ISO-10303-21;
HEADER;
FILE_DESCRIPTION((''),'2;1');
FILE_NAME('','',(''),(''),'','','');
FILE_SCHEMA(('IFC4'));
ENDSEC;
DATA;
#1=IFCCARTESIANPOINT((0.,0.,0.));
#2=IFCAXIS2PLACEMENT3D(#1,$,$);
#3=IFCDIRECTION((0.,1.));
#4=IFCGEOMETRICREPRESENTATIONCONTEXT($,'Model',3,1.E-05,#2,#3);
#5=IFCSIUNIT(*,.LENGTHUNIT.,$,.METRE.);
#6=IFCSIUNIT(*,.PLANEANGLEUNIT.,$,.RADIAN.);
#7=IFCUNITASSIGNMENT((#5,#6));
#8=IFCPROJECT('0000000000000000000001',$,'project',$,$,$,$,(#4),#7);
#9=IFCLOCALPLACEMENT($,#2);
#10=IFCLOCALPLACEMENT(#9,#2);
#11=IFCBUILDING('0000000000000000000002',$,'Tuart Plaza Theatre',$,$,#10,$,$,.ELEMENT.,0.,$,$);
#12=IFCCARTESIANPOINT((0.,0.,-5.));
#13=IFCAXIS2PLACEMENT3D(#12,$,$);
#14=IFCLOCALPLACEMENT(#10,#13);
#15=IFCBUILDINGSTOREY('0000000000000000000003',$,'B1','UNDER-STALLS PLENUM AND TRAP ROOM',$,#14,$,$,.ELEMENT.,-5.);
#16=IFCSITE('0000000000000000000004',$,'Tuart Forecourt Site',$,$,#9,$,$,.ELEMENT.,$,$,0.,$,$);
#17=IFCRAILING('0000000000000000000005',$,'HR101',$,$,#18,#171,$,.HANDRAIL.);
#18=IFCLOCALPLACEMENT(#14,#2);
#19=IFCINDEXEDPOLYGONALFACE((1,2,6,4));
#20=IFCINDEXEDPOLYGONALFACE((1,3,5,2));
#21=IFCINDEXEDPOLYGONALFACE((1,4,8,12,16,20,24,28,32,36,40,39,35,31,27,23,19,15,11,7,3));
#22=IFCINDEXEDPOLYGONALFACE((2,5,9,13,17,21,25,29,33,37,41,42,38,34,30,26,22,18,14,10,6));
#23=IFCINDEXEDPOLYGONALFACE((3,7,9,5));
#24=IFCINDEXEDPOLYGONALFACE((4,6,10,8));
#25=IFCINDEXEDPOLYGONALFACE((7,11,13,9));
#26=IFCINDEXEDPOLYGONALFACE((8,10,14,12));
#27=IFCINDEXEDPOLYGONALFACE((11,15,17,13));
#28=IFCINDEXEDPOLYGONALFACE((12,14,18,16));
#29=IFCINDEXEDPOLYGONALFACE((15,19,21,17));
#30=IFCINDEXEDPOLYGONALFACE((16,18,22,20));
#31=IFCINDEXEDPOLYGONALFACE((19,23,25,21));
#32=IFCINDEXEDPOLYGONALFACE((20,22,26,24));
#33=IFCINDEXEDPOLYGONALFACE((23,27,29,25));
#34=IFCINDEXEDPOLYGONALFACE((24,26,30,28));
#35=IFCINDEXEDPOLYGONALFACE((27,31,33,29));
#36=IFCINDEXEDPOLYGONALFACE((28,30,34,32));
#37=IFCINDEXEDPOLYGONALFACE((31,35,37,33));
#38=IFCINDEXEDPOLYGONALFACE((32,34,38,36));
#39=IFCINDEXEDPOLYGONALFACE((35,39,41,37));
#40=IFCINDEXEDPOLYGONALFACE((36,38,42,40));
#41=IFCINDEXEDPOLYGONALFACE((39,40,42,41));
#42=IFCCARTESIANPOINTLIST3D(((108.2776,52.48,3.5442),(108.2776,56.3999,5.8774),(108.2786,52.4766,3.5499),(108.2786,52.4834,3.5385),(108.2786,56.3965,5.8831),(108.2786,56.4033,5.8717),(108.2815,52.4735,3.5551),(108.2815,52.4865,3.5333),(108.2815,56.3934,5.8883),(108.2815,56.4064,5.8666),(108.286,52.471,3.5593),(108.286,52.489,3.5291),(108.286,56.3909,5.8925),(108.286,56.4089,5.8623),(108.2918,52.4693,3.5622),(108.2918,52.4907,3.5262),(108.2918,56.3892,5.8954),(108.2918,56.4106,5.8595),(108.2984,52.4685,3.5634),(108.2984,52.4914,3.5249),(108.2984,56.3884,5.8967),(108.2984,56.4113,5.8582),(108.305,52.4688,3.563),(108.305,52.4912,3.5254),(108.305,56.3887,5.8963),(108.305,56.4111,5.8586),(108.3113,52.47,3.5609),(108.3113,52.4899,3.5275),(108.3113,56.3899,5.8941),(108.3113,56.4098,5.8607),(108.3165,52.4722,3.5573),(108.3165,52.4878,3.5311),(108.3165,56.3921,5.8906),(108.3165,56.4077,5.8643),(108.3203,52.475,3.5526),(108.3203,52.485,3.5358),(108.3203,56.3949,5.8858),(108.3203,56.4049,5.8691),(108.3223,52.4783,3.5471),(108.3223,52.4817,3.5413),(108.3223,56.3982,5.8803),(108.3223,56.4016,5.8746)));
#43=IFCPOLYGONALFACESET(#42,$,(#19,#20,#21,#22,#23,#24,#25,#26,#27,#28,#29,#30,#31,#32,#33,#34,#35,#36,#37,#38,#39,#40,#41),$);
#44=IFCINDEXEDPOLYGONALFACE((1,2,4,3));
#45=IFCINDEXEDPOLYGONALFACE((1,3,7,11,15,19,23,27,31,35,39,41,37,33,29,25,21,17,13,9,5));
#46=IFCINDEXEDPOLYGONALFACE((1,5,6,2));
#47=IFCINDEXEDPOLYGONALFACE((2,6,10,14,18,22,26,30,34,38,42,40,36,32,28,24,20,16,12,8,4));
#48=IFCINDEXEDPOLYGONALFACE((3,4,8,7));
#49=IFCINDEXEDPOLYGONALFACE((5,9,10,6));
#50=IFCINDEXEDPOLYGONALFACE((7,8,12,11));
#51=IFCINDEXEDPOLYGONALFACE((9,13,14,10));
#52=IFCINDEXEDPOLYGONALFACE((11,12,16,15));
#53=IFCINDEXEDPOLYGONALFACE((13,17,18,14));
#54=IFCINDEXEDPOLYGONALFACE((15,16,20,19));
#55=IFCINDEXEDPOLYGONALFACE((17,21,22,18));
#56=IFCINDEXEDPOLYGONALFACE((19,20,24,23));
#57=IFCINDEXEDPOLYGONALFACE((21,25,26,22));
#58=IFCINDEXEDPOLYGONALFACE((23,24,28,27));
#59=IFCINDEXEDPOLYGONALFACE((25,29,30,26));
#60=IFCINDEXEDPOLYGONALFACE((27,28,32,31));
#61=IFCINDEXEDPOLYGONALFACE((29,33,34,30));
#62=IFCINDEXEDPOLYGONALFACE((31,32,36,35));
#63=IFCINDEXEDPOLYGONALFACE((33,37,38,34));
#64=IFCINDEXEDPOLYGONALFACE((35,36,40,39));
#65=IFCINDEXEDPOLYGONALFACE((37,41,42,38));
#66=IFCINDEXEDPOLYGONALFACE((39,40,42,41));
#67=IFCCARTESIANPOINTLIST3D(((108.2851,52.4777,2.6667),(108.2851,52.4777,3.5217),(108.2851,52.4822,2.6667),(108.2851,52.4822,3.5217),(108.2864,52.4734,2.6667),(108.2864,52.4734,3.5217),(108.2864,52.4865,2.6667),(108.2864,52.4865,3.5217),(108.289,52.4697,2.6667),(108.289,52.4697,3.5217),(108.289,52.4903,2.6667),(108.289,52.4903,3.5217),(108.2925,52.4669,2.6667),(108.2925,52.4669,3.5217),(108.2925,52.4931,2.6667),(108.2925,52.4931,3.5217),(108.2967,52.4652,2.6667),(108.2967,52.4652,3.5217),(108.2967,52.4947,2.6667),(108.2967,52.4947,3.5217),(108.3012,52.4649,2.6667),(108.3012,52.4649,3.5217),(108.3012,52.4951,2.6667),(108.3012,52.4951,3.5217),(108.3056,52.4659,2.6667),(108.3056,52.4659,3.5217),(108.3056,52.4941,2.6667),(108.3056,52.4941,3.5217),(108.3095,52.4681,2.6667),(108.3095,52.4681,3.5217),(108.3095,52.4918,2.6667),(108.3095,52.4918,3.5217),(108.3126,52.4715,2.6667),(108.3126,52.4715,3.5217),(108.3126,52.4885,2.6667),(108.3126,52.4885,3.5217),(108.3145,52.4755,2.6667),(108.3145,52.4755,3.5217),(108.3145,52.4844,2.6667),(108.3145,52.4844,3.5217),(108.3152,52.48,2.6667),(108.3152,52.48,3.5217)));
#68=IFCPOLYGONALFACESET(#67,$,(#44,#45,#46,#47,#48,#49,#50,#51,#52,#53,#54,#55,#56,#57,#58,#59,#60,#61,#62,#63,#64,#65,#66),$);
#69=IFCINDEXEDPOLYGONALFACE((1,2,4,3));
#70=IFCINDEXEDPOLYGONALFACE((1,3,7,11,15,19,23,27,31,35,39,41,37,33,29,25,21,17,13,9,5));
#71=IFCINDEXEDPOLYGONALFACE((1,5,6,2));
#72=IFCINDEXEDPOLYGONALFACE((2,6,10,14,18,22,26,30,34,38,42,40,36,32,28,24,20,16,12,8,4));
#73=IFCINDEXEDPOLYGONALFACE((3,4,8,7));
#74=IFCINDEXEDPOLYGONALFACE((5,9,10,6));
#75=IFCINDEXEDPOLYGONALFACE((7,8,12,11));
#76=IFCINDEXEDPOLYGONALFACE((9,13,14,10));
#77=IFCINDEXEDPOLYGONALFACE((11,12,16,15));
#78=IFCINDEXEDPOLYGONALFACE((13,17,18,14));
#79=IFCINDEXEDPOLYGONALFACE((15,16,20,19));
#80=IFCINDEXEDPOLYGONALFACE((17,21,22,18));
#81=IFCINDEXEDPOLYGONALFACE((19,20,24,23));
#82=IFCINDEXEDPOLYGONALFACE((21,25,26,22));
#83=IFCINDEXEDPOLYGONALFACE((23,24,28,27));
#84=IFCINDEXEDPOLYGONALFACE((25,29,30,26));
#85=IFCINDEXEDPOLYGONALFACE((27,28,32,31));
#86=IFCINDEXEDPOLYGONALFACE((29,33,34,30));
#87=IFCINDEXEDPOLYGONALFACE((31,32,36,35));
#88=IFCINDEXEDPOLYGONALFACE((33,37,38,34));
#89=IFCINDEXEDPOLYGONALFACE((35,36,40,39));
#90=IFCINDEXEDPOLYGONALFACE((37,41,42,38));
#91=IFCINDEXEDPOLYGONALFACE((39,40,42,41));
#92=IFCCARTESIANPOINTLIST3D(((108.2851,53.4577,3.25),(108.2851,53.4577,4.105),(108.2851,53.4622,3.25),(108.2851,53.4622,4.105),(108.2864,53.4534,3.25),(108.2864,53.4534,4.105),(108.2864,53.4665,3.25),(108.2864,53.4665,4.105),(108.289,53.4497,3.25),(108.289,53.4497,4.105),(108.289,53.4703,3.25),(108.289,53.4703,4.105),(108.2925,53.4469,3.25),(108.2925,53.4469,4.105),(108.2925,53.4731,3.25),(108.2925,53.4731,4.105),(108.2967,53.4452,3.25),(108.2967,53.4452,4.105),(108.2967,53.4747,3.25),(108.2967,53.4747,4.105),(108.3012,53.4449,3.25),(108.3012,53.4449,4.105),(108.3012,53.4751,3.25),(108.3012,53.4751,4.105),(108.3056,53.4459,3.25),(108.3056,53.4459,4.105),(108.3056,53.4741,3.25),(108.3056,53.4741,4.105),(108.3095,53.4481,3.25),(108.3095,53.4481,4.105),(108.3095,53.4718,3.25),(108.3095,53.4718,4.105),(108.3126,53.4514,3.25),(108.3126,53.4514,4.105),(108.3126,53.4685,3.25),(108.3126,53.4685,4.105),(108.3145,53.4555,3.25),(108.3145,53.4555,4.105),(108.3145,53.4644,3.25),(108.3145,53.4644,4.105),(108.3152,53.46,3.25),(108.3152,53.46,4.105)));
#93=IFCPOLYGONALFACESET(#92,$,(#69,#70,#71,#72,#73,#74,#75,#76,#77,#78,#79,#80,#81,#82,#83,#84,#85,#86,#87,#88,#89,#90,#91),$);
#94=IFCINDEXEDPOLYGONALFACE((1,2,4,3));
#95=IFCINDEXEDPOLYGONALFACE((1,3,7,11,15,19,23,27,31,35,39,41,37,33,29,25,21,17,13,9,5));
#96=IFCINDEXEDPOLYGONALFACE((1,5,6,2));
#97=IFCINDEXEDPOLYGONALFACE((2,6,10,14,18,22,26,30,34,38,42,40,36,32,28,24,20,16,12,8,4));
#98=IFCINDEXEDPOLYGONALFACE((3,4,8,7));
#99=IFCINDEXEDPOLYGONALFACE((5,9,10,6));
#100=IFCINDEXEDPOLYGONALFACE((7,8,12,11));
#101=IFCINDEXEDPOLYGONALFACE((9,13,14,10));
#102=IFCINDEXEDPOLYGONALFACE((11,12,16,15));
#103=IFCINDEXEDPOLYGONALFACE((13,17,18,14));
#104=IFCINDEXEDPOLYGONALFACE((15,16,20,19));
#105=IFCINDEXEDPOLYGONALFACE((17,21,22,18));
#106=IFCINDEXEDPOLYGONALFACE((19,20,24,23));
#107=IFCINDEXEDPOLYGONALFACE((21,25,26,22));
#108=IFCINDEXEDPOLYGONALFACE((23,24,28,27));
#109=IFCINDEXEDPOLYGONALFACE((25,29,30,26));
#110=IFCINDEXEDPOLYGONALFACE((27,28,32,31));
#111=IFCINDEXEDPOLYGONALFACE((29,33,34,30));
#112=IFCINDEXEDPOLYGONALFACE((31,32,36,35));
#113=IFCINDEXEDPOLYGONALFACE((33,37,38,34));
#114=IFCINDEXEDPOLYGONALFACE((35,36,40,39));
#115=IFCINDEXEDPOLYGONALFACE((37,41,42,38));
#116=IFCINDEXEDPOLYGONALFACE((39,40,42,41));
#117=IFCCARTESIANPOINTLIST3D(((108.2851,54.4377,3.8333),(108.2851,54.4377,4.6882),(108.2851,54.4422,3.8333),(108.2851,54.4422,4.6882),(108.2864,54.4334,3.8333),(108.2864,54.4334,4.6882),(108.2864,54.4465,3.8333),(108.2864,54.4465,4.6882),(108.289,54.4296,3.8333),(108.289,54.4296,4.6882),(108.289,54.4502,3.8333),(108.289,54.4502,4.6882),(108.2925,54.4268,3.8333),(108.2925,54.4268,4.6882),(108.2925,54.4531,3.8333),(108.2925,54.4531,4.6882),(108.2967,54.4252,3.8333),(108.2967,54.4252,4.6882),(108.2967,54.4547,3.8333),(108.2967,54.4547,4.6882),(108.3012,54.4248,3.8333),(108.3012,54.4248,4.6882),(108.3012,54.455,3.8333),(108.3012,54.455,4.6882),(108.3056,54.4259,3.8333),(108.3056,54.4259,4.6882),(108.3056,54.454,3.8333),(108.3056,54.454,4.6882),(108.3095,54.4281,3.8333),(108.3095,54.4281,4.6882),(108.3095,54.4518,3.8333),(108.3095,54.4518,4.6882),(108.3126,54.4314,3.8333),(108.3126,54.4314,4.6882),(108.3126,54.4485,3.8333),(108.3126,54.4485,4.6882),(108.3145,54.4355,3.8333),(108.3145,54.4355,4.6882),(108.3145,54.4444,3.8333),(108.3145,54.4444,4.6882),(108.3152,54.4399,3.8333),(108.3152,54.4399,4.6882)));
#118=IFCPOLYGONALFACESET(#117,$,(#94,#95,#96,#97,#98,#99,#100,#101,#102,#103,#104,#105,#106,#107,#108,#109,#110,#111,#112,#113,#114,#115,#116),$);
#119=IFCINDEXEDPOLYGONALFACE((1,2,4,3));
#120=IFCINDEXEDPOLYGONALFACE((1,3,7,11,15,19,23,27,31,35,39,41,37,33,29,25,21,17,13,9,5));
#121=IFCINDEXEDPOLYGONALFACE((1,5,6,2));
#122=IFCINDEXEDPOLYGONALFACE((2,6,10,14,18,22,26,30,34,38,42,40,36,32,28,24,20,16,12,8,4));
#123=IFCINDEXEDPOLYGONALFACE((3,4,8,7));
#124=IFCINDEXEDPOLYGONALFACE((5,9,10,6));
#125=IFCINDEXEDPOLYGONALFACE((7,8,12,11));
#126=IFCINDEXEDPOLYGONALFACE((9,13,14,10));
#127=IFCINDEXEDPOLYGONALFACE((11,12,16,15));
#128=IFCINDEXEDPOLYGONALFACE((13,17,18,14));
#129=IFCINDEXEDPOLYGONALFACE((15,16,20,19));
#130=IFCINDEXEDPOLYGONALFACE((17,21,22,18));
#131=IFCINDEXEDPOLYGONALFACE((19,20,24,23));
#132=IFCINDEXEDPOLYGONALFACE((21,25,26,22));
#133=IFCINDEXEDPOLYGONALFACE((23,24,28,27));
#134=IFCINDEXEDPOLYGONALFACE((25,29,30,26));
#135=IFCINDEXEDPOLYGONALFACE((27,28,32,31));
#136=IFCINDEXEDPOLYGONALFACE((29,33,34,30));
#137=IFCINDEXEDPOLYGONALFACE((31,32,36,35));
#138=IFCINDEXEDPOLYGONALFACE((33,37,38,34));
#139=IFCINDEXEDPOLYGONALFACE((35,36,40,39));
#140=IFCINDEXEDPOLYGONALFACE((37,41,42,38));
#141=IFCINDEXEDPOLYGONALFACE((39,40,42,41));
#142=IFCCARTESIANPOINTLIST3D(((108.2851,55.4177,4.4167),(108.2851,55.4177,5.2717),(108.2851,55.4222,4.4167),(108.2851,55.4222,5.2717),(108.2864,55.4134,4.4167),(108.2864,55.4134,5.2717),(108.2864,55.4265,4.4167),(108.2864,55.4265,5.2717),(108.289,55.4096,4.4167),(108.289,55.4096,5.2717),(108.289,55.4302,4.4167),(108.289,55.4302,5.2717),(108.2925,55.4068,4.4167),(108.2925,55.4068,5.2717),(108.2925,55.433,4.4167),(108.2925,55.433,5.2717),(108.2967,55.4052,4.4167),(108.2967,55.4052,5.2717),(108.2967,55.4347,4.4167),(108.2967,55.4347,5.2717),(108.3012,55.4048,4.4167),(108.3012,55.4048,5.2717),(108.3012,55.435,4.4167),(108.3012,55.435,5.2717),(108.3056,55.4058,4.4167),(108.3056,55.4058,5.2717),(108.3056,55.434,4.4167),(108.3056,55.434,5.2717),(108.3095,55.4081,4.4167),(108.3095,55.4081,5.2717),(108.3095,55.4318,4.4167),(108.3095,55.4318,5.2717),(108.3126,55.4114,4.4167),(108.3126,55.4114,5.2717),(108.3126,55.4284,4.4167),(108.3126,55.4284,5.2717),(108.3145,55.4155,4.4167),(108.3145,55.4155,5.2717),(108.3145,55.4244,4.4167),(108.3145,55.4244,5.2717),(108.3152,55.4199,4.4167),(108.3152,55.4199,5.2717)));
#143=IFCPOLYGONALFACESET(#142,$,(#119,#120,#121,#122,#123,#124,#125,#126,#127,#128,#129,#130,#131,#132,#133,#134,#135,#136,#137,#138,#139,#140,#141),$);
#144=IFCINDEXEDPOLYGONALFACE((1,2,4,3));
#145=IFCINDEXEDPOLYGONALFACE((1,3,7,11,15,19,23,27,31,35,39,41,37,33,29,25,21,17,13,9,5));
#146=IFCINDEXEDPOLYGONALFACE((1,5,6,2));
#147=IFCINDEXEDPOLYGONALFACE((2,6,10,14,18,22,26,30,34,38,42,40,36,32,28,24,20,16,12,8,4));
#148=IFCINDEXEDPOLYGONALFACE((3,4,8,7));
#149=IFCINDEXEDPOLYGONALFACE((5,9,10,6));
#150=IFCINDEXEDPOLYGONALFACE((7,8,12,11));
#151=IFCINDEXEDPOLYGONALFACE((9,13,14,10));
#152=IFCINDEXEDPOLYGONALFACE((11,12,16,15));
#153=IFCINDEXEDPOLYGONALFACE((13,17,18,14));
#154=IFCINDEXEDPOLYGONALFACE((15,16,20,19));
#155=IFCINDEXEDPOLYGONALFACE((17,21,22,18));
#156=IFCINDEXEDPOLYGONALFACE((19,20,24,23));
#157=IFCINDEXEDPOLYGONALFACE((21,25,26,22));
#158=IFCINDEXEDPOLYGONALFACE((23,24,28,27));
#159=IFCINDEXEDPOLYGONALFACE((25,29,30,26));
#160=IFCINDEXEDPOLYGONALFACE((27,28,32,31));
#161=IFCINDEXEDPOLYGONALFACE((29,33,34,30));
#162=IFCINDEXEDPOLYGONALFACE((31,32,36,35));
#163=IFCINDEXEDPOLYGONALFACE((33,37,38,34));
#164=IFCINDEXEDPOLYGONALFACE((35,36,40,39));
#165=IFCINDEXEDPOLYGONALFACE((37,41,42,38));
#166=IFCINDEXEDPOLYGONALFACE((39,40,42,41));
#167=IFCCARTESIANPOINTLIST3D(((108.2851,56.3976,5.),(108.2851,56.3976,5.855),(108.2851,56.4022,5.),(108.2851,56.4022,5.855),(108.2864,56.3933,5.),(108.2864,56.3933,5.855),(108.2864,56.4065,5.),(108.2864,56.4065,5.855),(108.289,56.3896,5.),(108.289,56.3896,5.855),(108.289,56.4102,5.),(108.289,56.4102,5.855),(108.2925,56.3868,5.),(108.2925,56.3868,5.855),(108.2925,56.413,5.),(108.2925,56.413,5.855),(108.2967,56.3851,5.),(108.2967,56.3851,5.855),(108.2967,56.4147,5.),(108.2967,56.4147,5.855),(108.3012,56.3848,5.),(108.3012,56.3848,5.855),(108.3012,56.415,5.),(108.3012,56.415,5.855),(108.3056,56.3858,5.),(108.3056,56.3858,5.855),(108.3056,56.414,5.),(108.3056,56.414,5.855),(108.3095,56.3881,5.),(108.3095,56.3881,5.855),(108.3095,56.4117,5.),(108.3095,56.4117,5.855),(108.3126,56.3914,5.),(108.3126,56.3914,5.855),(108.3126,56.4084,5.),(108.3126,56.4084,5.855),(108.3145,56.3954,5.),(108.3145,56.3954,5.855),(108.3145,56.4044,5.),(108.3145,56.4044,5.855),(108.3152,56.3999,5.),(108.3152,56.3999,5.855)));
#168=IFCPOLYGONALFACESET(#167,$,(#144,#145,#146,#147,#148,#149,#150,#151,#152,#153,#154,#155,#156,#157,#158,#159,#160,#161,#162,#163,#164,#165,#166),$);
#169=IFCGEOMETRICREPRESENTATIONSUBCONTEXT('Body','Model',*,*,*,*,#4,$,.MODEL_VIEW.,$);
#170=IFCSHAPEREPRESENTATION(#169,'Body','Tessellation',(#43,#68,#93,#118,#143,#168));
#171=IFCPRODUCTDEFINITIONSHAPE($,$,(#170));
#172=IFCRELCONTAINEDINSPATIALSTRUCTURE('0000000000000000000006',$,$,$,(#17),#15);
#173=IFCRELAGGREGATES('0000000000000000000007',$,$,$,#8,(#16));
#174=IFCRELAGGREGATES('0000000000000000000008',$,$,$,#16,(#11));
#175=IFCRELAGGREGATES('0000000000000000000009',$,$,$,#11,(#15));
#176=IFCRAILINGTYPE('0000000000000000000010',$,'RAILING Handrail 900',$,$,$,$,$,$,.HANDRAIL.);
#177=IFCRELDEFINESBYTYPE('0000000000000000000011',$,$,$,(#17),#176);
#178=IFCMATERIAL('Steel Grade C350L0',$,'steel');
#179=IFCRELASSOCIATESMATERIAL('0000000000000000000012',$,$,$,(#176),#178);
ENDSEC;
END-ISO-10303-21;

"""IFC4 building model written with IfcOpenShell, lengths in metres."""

from ifc_helpers import new_model, si_unit, direction, frame, origin, origin_2d, place, context, subcontext, project, spatial, circle, extrude, material, type_object, element, save


model = new_model("IFC4")

# Units and contexts
model_context = context("Model", 3, precision=1e-05, world=origin(), true_north=direction((0.0, 1.0)))
body_context = subcontext(model_context, "Body", "Model", "MODEL_VIEW")
ifc_project = project(units=[si_unit("LENGTHUNIT", "METRE"), si_unit("PLANEANGLEUNIT", "RADIAN")], contexts=[model_context])

# Site, building, storey
site_placement = place(None, origin())
site = spatial("IfcSite", under=ifc_project, at=site_placement, Name="Tuart Forecourt Site", CompositionType="ELEMENT", RefElevation=0.0)
building_placement = place(site_placement, origin())
building = spatial("IfcBuilding", under=site, at=building_placement, Name="Tuart Plaza Theatre", CompositionType="ELEMENT", ElevationOfRefHeight=0.0)
storey_placement = place(building_placement, frame((0.0, 0.0, -5.0)))
storey = spatial("IfcBuildingStorey", under=building, at=storey_placement, Name="B1", Description="UNDER-STALLS PLENUM AND TRAP ROOM", CompositionType="ELEMENT", Elevation=-5.0)

# Railing
ifc_material_1 = material(Name="Steel Grade C350L0", Category="steel")
railing_type_1 = type_object("IfcRailingType", Name="RAILING Handrail 900", PredefinedType="HANDRAIL", material=ifc_material_1)
for number, where, name in (
    (1, (108.3, 52.48, 2.6667), "HR101"),
):
    element("IfcRailing", number, at=place(storey_placement, frame(where)), inside=storey, type_object=railing_type_1, Name=name, PredefinedType="HANDRAIL", context=body_context, shape_type="SweptSolid", body=[
        extrude(circle(Radius=0.0225, at=origin_2d()), frame((0.0, 0.0, 0.8774), z_axis=(0.0, 0.859296, 0.511478), x_axis=(-1.0, 0.0, 0.0)), (0.0, 0.0, 1.0), 4.5618),
        extrude(circle(Radius=0.0151, at=origin_2d()), origin(), (0.0, 0.0, 1.0), 0.855),
        extrude(circle(Radius=0.0151, at=origin_2d()), frame((0.0, 0.98, 0.5833)), (0.0, 0.0, 1.0), 0.855),
        extrude(circle(Radius=0.0151, at=origin_2d()), frame((0.0, 1.96, 1.1665)), (0.0, 0.0, 1.0), 0.855),
        extrude(circle(Radius=0.0151, at=origin_2d()), frame((0.0, 2.9399, 1.75)), (0.0, 0.0, 1.0), 0.855),
        extrude(circle(Radius=0.0151, at=origin_2d()), frame((0.0, 3.9199, 2.3333)), (0.0, 0.0, 1.0), 0.855),
    ])

save(model, "model.ifc")
